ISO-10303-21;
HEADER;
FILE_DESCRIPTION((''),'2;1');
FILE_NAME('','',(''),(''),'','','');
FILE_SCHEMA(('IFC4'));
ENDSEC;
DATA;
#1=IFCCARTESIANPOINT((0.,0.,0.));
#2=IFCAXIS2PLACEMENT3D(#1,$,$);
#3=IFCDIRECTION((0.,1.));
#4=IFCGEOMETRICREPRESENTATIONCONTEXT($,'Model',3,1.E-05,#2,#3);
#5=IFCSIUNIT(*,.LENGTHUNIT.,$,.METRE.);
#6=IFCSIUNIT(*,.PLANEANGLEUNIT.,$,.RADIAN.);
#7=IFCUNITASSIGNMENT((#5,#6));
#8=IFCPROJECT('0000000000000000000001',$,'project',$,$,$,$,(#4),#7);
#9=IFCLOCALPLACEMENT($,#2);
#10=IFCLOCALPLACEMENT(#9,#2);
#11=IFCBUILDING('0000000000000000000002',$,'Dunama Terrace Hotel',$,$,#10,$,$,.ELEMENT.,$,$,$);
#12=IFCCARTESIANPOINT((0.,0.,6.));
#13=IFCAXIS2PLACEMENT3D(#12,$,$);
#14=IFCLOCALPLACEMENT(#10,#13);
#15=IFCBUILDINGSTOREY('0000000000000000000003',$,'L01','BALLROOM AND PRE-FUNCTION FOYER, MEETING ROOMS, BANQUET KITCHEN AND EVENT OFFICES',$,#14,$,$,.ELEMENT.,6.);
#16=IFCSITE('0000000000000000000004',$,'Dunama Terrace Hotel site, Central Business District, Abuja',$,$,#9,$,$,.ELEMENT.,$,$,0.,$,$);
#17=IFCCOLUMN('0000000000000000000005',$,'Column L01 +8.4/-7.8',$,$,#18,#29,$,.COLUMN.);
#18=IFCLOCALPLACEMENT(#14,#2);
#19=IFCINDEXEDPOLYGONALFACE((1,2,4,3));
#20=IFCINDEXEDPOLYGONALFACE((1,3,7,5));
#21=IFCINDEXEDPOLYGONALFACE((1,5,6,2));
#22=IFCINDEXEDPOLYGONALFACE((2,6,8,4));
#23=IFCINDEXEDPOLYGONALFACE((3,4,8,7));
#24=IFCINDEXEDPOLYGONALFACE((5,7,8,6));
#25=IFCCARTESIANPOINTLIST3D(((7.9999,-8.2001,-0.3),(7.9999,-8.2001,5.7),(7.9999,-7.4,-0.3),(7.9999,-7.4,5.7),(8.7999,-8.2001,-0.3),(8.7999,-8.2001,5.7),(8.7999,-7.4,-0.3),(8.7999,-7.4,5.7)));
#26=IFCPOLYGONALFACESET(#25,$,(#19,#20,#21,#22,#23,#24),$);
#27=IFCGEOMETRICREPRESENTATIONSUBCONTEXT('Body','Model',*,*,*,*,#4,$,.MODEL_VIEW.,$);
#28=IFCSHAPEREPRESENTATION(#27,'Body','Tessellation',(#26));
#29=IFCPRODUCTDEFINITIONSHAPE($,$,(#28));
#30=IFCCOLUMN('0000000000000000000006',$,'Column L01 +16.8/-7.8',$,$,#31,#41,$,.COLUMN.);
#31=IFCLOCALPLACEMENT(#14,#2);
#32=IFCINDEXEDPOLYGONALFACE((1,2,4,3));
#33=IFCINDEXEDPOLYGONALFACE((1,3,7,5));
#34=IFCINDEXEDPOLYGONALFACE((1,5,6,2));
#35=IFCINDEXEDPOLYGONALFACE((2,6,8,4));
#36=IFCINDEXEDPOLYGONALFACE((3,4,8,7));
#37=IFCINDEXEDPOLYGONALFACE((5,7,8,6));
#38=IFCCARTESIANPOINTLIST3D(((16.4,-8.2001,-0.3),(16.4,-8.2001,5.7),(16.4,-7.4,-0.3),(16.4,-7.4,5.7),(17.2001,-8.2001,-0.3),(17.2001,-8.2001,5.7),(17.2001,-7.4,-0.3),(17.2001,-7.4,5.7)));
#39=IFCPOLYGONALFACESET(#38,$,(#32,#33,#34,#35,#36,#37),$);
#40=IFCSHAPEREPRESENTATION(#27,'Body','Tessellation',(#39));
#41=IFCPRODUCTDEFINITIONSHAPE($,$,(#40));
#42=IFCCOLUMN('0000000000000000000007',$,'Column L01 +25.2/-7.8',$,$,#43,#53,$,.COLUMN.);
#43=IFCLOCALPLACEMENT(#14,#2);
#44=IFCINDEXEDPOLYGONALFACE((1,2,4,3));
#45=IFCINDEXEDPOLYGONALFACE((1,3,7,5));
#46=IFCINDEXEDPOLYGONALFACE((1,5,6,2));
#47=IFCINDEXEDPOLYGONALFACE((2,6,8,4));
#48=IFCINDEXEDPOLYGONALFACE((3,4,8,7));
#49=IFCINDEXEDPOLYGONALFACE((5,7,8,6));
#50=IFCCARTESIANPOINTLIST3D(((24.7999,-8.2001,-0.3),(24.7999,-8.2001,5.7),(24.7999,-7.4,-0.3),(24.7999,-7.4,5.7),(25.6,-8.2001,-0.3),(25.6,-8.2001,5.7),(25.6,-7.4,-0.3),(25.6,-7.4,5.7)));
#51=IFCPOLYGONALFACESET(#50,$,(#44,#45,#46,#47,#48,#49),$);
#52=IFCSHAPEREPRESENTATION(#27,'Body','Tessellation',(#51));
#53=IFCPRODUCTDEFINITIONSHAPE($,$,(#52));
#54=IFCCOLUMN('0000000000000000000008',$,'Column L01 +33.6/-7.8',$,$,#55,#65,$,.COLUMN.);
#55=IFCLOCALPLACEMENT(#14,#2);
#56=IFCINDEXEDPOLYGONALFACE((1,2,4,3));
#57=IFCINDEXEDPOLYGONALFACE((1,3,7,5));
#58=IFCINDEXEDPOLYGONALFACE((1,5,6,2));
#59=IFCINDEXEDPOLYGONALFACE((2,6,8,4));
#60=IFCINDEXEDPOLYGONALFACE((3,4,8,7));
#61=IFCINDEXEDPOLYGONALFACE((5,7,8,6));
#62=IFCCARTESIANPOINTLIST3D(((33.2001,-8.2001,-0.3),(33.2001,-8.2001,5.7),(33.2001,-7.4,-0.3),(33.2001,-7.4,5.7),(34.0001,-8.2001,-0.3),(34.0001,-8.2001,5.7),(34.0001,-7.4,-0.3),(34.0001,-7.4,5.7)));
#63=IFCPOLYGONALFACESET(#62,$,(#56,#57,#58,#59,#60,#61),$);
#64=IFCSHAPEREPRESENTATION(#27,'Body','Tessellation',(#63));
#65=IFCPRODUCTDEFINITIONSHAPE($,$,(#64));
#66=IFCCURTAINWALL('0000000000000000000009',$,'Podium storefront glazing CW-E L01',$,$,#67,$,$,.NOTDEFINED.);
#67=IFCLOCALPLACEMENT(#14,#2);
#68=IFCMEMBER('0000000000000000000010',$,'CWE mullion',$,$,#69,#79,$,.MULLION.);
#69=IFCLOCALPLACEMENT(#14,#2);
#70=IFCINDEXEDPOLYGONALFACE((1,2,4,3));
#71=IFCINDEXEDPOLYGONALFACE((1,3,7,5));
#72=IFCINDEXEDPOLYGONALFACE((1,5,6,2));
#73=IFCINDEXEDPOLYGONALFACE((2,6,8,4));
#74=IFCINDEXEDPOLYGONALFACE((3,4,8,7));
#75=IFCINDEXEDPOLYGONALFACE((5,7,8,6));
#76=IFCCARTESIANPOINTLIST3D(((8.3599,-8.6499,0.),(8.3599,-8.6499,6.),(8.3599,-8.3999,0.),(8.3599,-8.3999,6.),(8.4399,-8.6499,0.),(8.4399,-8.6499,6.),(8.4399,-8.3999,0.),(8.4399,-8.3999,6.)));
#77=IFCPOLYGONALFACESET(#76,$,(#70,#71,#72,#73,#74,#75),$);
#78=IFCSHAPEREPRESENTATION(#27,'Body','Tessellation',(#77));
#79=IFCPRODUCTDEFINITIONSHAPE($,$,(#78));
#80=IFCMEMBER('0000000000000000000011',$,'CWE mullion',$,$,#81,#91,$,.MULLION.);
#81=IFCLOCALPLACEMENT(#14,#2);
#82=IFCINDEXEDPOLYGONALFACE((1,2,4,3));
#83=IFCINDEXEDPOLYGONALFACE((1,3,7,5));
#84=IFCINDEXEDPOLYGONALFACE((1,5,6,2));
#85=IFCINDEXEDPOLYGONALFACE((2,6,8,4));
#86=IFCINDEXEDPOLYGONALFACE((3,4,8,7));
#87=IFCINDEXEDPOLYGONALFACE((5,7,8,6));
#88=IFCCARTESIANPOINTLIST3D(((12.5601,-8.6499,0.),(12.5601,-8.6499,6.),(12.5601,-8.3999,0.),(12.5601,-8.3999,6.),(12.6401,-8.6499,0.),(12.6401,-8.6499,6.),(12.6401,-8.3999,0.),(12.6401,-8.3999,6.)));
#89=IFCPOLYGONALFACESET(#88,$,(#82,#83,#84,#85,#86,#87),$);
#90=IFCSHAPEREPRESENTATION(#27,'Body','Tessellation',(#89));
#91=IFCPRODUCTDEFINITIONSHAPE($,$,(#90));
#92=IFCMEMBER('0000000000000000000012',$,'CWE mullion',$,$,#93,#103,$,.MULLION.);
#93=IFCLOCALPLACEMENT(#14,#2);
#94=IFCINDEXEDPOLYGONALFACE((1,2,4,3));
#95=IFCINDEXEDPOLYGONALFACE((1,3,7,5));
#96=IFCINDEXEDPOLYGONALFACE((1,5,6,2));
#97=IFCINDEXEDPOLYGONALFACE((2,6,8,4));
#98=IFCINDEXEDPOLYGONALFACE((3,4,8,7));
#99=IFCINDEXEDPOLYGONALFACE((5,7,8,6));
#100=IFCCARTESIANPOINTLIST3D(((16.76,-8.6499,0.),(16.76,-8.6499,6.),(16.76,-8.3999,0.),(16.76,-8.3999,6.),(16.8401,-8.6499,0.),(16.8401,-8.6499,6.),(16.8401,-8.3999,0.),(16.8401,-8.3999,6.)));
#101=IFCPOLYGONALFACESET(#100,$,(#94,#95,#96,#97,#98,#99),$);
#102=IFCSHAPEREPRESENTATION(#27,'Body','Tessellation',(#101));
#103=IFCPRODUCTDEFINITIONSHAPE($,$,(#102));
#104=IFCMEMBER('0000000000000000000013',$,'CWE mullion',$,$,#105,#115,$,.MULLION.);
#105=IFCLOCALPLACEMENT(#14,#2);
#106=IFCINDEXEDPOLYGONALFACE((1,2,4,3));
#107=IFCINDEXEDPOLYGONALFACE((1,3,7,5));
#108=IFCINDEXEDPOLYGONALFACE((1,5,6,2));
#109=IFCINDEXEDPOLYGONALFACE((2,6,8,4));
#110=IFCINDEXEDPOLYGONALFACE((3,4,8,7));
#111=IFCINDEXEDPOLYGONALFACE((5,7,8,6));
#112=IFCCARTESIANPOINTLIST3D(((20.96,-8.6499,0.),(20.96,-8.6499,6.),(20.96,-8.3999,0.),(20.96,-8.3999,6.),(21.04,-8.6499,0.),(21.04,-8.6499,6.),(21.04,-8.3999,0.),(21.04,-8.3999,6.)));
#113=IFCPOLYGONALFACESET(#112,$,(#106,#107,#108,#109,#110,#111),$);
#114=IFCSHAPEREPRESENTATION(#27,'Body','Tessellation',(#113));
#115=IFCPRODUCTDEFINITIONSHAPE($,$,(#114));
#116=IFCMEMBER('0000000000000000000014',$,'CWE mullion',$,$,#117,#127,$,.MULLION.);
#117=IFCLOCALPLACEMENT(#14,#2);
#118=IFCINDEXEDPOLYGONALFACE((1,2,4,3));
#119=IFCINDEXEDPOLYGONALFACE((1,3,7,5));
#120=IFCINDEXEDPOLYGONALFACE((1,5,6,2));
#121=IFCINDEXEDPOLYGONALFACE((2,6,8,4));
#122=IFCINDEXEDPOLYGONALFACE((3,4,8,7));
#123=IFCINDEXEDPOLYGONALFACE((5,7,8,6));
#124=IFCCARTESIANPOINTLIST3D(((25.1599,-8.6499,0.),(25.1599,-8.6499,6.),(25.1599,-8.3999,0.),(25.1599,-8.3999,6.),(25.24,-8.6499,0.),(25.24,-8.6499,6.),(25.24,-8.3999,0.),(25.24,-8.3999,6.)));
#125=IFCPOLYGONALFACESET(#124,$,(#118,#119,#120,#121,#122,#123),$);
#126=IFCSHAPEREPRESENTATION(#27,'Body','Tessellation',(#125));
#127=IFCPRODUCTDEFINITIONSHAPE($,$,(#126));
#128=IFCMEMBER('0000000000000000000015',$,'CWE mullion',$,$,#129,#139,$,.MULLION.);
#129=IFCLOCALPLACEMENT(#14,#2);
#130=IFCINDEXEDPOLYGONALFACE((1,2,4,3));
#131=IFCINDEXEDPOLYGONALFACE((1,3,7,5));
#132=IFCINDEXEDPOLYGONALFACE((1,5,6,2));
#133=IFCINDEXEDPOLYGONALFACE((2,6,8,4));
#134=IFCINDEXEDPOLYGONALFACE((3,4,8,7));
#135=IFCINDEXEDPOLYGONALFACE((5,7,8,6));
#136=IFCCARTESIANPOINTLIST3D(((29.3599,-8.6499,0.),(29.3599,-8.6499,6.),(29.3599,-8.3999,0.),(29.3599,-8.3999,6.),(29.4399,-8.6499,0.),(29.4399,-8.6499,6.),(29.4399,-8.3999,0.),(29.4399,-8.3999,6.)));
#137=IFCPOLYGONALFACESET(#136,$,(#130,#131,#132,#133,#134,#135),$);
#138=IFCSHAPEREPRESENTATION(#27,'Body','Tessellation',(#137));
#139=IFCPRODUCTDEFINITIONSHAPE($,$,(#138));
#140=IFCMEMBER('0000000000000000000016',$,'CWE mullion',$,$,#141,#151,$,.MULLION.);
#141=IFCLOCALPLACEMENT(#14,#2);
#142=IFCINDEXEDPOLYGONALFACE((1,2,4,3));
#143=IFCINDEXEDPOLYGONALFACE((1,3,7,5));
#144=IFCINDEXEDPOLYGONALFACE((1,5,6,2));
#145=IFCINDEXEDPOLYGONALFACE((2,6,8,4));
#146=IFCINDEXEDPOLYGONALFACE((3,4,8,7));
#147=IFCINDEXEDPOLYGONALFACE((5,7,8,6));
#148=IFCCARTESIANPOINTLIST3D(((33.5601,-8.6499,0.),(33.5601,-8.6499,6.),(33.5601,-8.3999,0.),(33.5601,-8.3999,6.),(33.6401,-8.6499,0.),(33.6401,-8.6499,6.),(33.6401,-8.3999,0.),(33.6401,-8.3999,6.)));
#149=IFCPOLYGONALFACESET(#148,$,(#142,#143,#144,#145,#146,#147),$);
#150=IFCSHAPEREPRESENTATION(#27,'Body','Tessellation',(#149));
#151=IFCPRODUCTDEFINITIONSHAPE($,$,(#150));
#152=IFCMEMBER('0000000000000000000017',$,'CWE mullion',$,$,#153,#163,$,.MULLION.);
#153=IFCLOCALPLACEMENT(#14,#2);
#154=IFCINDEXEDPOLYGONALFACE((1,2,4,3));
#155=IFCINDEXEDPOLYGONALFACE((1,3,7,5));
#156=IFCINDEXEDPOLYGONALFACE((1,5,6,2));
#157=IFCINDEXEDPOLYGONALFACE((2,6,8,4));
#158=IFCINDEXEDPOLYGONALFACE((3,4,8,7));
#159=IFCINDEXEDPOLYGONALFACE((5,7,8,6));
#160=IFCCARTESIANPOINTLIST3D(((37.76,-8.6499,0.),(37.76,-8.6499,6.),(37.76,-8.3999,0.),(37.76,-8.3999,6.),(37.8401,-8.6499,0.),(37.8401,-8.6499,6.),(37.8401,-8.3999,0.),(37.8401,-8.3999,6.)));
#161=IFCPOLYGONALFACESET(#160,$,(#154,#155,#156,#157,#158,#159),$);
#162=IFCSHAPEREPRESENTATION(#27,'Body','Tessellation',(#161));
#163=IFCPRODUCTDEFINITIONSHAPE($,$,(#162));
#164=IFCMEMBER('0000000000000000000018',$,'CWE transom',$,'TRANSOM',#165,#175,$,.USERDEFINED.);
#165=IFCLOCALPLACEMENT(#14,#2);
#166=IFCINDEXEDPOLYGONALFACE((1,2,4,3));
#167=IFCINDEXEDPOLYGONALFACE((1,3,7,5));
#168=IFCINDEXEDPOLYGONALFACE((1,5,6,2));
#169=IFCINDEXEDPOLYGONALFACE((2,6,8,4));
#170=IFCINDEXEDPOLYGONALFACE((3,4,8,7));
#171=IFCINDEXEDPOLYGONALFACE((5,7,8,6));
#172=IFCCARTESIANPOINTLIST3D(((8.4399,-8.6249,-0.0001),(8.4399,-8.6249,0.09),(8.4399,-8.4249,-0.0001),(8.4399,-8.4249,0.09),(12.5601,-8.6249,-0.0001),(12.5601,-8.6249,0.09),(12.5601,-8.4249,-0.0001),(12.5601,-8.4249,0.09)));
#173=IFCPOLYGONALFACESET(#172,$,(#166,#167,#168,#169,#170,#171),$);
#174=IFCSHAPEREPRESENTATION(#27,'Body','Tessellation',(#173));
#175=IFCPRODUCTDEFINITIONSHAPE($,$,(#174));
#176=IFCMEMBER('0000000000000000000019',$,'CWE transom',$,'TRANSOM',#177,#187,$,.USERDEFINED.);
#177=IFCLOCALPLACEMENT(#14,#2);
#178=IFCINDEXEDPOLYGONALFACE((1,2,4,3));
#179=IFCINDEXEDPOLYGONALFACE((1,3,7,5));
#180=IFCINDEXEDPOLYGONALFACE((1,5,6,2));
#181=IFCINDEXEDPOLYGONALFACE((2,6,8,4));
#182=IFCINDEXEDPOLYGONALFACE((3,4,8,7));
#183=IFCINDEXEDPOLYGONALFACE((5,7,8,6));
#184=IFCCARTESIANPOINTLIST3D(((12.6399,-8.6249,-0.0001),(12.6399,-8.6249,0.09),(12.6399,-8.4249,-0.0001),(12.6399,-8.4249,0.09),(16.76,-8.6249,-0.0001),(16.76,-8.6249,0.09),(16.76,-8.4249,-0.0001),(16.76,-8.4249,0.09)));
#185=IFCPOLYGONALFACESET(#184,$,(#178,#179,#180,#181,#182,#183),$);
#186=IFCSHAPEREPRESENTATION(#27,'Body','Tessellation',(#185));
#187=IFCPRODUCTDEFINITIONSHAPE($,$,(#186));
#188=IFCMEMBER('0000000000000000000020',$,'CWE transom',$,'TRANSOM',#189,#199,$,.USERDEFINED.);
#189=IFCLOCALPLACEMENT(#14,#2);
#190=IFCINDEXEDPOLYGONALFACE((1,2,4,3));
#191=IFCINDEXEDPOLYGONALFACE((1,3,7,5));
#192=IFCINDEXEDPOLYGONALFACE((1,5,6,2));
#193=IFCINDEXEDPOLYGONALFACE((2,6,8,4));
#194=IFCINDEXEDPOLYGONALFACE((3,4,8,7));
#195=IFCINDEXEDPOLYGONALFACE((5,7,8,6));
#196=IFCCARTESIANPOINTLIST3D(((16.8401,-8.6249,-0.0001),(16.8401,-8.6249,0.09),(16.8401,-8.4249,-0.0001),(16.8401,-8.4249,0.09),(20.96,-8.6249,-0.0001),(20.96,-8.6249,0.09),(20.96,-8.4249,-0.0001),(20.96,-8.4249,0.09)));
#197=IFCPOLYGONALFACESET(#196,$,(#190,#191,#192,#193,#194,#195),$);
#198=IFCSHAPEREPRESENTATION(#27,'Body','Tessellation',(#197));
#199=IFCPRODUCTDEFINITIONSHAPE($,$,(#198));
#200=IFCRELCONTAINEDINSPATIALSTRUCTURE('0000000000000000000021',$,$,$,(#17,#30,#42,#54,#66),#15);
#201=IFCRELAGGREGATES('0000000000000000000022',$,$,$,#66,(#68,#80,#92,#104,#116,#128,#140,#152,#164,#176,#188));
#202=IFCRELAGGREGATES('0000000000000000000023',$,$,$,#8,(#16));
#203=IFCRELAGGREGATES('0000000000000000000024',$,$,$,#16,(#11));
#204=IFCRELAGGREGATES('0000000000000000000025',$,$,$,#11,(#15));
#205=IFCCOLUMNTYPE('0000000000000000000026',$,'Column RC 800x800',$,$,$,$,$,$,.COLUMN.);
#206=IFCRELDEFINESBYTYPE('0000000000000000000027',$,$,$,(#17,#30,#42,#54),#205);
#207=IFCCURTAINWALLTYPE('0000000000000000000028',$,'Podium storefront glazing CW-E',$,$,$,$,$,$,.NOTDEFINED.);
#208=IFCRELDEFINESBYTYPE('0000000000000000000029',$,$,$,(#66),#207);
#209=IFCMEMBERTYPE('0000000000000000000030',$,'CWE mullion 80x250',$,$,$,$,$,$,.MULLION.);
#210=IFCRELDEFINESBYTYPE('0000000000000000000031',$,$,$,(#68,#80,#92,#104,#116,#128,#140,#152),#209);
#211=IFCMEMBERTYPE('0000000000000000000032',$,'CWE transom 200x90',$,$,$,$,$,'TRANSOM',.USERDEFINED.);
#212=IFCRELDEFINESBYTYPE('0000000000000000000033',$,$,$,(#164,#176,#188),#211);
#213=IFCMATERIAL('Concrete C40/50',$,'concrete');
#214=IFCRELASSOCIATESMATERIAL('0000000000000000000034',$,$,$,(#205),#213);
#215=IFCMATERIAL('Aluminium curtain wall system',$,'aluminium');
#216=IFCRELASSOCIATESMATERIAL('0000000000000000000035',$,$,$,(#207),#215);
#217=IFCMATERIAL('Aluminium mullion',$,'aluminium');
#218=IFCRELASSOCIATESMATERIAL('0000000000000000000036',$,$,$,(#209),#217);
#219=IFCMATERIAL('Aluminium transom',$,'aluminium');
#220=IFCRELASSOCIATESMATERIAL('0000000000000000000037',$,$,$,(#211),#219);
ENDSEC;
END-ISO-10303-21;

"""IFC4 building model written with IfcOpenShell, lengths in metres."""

from ifc_helpers import new_model, si_unit, direction, frame, origin, origin_2d, place, context, subcontext, project, spatial, rectangle, extrude, material, material_profile, profile_set, type_object, element, aggregate, save


model = new_model("IFC4")

# Units and contexts
model_context = context("Model", 3, precision=1e-05, world=origin(), true_north=direction((0.0, 1.0)))
body_context = subcontext(model_context, "Body", "Model", "MODEL_VIEW")
ifc_project = project(units=[si_unit("LENGTHUNIT", "METRE"), si_unit("PLANEANGLEUNIT", "RADIAN")], contexts=[model_context])

# Site, building, storey
site_placement = place(None, origin())
site = spatial("IfcSite", under=ifc_project, at=site_placement, Name="Dunama Terrace Hotel site, Central Business District, Abuja", CompositionType="ELEMENT", RefElevation=0.0)
building_placement = place(site_placement, origin())
building = spatial("IfcBuilding", under=site, at=building_placement, Name="Dunama Terrace Hotel", CompositionType="ELEMENT")
storey_placement = place(building_placement, frame((0.0, 0.0, 6.0)))
storey = spatial("IfcBuildingStorey", under=building, at=storey_placement, Name="L01", Description="BALLROOM AND PRE-FUNCTION FOYER, MEETING ROOMS, BANQUET KITCHEN AND EVENT OFFICES", CompositionType="ELEMENT", Elevation=6.0)

# Columns
ifc_material_1 = material(Name="Concrete C40/50", Category="concrete")
ifc_material_profile_1 = material_profile(ifc_material_1, rectangle(XDim=0.8, YDim=0.8, at=origin_2d()), Name="RC 800x800")
ifc_profile_set_1 = profile_set([ifc_material_profile_1], Name="Concrete C40/50")
column_type = type_object("IfcColumnType", Name="Column RC 800x800", PredefinedType="COLUMN", material=ifc_profile_set_1)
for number, where, z_axis, x_axis, name in (
    (1, (8.3999, -7.8, -0.3), (0.0, 0.0, 1.0), (1.0, 0.0, 0.0), "Column L01 +8.4/-7.8"),
    (2, (16.8, -7.8, -0.3), (0.0, 0.0, 1.0), (1.0, 0.0, 0.0), "Column L01 +16.8/-7.8"),
    (3, (25.2, -7.8, -0.3), (0.0, 0.0, 1.0), (1.0, 0.0, 0.0), "Column L01 +25.2/-7.8"),
    (4, (33.6001, -7.8, -0.3), (0.0, 0.0, 1.0), (1.0, 0.0, 0.0), "Column L01 +33.6/-7.8"),
):
    element("IfcColumn", number, at=place(storey_placement, frame(where, z_axis=z_axis, x_axis=x_axis)), inside=storey, type_object=column_type, Name=name, PredefinedType="COLUMN", context=body_context, shape_type="SweptSolid", body=[
        extrude(rectangle(XDim=0.8, YDim=0.8, at=origin_2d()), origin(), (0.0, 0.0, 1.0), 6.0),
    ])

# Curtain wall, members
ifc_material_2 = material(Name="Aluminium curtain wall system", Category="aluminium")
curtain_wall_type = type_object("IfcCurtainWallType", Name="Podium storefront glazing CW-E", PredefinedType="NOTDEFINED", material=ifc_material_2)
curtain_wall_placement = place(storey_placement, origin())
curtain_wall = element("IfcCurtainWall", 5, at=curtain_wall_placement, inside=storey, type_object=curtain_wall_type, Name="Podium storefront glazing CW-E L01", PredefinedType="NOTDEFINED")
ifc_material_3 = material(Name="Aluminium mullion", Category="aluminium")
ifc_material_profile_2 = material_profile(ifc_material_3, rectangle(XDim=0.0801, YDim=0.25, at=origin_2d()), Name="CWE MULLION 80X250")
ifc_profile_set_2 = profile_set([ifc_material_profile_2], Name="Aluminium mullion")
member_type_1 = type_object("IfcMemberType", Name="CWE mullion 80x250", PredefinedType="MULLION", material=ifc_profile_set_2)
member_1_placement = place(storey_placement, frame((8.3999, -8.5249, 0.0), z_axis=(0.0, 0.0, 1.0), x_axis=(1.0, 0.0, 0.0)))
member_1 = element("IfcMember", 6, at=member_1_placement, type_object=member_type_1, Name="CWE mullion", PredefinedType="MULLION", context=body_context, shape_type="SweptSolid", body=[
    extrude(rectangle(XDim=0.0801, YDim=0.25, at=origin_2d()), origin(), (0.0, 0.0, 1.0), 6.0),
])
member_2_placement = place(storey_placement, frame((12.6001, -8.5249, 0.0), z_axis=(0.0, 0.0, 1.0), x_axis=(1.0, 0.0, 0.0)))
member_2 = element("IfcMember", 7, at=member_2_placement, type_object=member_type_1, Name="CWE mullion", PredefinedType="MULLION", context=body_context, shape_type="SweptSolid", body=[
    extrude(rectangle(XDim=0.0801, YDim=0.25, at=origin_2d()), origin(), (0.0, 0.0, 1.0), 6.0),
])
member_3_placement = place(storey_placement, frame((16.8, -8.5249, 0.0), z_axis=(0.0, 0.0, 1.0), x_axis=(1.0, 0.0, 0.0)))
member_3 = element("IfcMember", 8, at=member_3_placement, type_object=member_type_1, Name="CWE mullion", PredefinedType="MULLION", context=body_context, shape_type="SweptSolid", body=[
    extrude(rectangle(XDim=0.0801, YDim=0.25, at=origin_2d()), origin(), (0.0, 0.0, 1.0), 6.0),
])
member_4_placement = place(storey_placement, frame((21.0, -8.5249, 0.0), z_axis=(0.0, 0.0, 1.0), x_axis=(1.0, 0.0, 0.0)))
member_4 = element("IfcMember", 9, at=member_4_placement, type_object=member_type_1, Name="CWE mullion", PredefinedType="MULLION", context=body_context, shape_type="SweptSolid", body=[
    extrude(rectangle(XDim=0.0801, YDim=0.25, at=origin_2d()), origin(), (0.0, 0.0, 1.0), 6.0),
])
member_5_placement = place(storey_placement, frame((25.2, -8.5249, 0.0), z_axis=(0.0, 0.0, 1.0), x_axis=(1.0, 0.0, 0.0)))
member_5 = element("IfcMember", 10, at=member_5_placement, type_object=member_type_1, Name="CWE mullion", PredefinedType="MULLION", context=body_context, shape_type="SweptSolid", body=[
    extrude(rectangle(XDim=0.0801, YDim=0.25, at=origin_2d()), origin(), (0.0, 0.0, 1.0), 6.0),
])
member_6_placement = place(storey_placement, frame((29.3999, -8.5249, 0.0), z_axis=(0.0, 0.0, 1.0), x_axis=(1.0, 0.0, 0.0)))
member_6 = element("IfcMember", 11, at=member_6_placement, type_object=member_type_1, Name="CWE mullion", PredefinedType="MULLION", context=body_context, shape_type="SweptSolid", body=[
    extrude(rectangle(XDim=0.0801, YDim=0.25, at=origin_2d()), origin(), (0.0, 0.0, 1.0), 6.0),
])
member_7_placement = place(storey_placement, frame((33.6001, -8.5249, 0.0), z_axis=(0.0, 0.0, 1.0), x_axis=(1.0, 0.0, 0.0)))
member_7 = element("IfcMember", 12, at=member_7_placement, type_object=member_type_1, Name="CWE mullion", PredefinedType="MULLION", context=body_context, shape_type="SweptSolid", body=[
    extrude(rectangle(XDim=0.0801, YDim=0.25, at=origin_2d()), origin(), (0.0, 0.0, 1.0), 6.0),
])
member_8_placement = place(storey_placement, frame((37.8, -8.5249, 0.0), z_axis=(0.0, 0.0, 1.0), x_axis=(1.0, 0.0, 0.0)))
member_8 = element("IfcMember", 13, at=member_8_placement, type_object=member_type_1, Name="CWE mullion", PredefinedType="MULLION", context=body_context, shape_type="SweptSolid", body=[
    extrude(rectangle(XDim=0.0801, YDim=0.25, at=origin_2d()), origin(), (0.0, 0.0, 1.0), 6.0),
])
ifc_material_4 = material(Name="Aluminium transom", Category="aluminium")
ifc_material_profile_3 = material_profile(ifc_material_4, rectangle(XDim=0.2, YDim=0.0901, at=origin_2d()), Name="CWE TRANSOM 200X90")
ifc_profile_set_3 = profile_set([ifc_material_profile_3], Name="Aluminium transom")
member_type_2 = type_object("IfcMemberType", Name="CWE transom 200x90", ElementType="TRANSOM", PredefinedType="USERDEFINED", material=ifc_profile_set_3)
member_9_placement = place(storey_placement, frame((8.4399, -8.5249, 0.0449), z_axis=(1.0, 0.0, 0.0), x_axis=(0.0, 1.0, 0.0)))
member_9 = element("IfcMember", 14, at=member_9_placement, type_object=member_type_2, Name="CWE transom", ObjectType="TRANSOM", PredefinedType="USERDEFINED", context=body_context, shape_type="SweptSolid", body=[
    extrude(rectangle(XDim=0.2, YDim=0.0901, at=origin_2d()), origin(), (0.0, 0.0, 1.0), 4.1201),
])
member_10_placement = place(storey_placement, frame((12.6399, -8.5249, 0.0449), z_axis=(1.0, 0.0, 0.0), x_axis=(0.0, 1.0, 0.0)))
member_10 = element("IfcMember", 15, at=member_10_placement, type_object=member_type_2, Name="CWE transom", ObjectType="TRANSOM", PredefinedType="USERDEFINED", context=body_context, shape_type="SweptSolid", body=[
    extrude(rectangle(XDim=0.2, YDim=0.0901, at=origin_2d()), origin(), (0.0, 0.0, 1.0), 4.1201),
])
member_11_placement = place(storey_placement, frame((16.8401, -8.5249, 0.0449), z_axis=(1.0, 0.0, 0.0), x_axis=(0.0, 1.0, 0.0)))
member_11 = element("IfcMember", 16, at=member_11_placement, type_object=member_type_2, Name="CWE transom", ObjectType="TRANSOM", PredefinedType="USERDEFINED", context=body_context, shape_type="SweptSolid", body=[
    extrude(rectangle(XDim=0.2, YDim=0.0901, at=origin_2d()), origin(), (0.0, 0.0, 1.0), 4.1199),
])
aggregate(curtain_wall, [member_1, member_2, member_3, member_4, member_5, member_6, member_7, member_8, member_9, member_10, member_11])

save(model, "model.ifc")
